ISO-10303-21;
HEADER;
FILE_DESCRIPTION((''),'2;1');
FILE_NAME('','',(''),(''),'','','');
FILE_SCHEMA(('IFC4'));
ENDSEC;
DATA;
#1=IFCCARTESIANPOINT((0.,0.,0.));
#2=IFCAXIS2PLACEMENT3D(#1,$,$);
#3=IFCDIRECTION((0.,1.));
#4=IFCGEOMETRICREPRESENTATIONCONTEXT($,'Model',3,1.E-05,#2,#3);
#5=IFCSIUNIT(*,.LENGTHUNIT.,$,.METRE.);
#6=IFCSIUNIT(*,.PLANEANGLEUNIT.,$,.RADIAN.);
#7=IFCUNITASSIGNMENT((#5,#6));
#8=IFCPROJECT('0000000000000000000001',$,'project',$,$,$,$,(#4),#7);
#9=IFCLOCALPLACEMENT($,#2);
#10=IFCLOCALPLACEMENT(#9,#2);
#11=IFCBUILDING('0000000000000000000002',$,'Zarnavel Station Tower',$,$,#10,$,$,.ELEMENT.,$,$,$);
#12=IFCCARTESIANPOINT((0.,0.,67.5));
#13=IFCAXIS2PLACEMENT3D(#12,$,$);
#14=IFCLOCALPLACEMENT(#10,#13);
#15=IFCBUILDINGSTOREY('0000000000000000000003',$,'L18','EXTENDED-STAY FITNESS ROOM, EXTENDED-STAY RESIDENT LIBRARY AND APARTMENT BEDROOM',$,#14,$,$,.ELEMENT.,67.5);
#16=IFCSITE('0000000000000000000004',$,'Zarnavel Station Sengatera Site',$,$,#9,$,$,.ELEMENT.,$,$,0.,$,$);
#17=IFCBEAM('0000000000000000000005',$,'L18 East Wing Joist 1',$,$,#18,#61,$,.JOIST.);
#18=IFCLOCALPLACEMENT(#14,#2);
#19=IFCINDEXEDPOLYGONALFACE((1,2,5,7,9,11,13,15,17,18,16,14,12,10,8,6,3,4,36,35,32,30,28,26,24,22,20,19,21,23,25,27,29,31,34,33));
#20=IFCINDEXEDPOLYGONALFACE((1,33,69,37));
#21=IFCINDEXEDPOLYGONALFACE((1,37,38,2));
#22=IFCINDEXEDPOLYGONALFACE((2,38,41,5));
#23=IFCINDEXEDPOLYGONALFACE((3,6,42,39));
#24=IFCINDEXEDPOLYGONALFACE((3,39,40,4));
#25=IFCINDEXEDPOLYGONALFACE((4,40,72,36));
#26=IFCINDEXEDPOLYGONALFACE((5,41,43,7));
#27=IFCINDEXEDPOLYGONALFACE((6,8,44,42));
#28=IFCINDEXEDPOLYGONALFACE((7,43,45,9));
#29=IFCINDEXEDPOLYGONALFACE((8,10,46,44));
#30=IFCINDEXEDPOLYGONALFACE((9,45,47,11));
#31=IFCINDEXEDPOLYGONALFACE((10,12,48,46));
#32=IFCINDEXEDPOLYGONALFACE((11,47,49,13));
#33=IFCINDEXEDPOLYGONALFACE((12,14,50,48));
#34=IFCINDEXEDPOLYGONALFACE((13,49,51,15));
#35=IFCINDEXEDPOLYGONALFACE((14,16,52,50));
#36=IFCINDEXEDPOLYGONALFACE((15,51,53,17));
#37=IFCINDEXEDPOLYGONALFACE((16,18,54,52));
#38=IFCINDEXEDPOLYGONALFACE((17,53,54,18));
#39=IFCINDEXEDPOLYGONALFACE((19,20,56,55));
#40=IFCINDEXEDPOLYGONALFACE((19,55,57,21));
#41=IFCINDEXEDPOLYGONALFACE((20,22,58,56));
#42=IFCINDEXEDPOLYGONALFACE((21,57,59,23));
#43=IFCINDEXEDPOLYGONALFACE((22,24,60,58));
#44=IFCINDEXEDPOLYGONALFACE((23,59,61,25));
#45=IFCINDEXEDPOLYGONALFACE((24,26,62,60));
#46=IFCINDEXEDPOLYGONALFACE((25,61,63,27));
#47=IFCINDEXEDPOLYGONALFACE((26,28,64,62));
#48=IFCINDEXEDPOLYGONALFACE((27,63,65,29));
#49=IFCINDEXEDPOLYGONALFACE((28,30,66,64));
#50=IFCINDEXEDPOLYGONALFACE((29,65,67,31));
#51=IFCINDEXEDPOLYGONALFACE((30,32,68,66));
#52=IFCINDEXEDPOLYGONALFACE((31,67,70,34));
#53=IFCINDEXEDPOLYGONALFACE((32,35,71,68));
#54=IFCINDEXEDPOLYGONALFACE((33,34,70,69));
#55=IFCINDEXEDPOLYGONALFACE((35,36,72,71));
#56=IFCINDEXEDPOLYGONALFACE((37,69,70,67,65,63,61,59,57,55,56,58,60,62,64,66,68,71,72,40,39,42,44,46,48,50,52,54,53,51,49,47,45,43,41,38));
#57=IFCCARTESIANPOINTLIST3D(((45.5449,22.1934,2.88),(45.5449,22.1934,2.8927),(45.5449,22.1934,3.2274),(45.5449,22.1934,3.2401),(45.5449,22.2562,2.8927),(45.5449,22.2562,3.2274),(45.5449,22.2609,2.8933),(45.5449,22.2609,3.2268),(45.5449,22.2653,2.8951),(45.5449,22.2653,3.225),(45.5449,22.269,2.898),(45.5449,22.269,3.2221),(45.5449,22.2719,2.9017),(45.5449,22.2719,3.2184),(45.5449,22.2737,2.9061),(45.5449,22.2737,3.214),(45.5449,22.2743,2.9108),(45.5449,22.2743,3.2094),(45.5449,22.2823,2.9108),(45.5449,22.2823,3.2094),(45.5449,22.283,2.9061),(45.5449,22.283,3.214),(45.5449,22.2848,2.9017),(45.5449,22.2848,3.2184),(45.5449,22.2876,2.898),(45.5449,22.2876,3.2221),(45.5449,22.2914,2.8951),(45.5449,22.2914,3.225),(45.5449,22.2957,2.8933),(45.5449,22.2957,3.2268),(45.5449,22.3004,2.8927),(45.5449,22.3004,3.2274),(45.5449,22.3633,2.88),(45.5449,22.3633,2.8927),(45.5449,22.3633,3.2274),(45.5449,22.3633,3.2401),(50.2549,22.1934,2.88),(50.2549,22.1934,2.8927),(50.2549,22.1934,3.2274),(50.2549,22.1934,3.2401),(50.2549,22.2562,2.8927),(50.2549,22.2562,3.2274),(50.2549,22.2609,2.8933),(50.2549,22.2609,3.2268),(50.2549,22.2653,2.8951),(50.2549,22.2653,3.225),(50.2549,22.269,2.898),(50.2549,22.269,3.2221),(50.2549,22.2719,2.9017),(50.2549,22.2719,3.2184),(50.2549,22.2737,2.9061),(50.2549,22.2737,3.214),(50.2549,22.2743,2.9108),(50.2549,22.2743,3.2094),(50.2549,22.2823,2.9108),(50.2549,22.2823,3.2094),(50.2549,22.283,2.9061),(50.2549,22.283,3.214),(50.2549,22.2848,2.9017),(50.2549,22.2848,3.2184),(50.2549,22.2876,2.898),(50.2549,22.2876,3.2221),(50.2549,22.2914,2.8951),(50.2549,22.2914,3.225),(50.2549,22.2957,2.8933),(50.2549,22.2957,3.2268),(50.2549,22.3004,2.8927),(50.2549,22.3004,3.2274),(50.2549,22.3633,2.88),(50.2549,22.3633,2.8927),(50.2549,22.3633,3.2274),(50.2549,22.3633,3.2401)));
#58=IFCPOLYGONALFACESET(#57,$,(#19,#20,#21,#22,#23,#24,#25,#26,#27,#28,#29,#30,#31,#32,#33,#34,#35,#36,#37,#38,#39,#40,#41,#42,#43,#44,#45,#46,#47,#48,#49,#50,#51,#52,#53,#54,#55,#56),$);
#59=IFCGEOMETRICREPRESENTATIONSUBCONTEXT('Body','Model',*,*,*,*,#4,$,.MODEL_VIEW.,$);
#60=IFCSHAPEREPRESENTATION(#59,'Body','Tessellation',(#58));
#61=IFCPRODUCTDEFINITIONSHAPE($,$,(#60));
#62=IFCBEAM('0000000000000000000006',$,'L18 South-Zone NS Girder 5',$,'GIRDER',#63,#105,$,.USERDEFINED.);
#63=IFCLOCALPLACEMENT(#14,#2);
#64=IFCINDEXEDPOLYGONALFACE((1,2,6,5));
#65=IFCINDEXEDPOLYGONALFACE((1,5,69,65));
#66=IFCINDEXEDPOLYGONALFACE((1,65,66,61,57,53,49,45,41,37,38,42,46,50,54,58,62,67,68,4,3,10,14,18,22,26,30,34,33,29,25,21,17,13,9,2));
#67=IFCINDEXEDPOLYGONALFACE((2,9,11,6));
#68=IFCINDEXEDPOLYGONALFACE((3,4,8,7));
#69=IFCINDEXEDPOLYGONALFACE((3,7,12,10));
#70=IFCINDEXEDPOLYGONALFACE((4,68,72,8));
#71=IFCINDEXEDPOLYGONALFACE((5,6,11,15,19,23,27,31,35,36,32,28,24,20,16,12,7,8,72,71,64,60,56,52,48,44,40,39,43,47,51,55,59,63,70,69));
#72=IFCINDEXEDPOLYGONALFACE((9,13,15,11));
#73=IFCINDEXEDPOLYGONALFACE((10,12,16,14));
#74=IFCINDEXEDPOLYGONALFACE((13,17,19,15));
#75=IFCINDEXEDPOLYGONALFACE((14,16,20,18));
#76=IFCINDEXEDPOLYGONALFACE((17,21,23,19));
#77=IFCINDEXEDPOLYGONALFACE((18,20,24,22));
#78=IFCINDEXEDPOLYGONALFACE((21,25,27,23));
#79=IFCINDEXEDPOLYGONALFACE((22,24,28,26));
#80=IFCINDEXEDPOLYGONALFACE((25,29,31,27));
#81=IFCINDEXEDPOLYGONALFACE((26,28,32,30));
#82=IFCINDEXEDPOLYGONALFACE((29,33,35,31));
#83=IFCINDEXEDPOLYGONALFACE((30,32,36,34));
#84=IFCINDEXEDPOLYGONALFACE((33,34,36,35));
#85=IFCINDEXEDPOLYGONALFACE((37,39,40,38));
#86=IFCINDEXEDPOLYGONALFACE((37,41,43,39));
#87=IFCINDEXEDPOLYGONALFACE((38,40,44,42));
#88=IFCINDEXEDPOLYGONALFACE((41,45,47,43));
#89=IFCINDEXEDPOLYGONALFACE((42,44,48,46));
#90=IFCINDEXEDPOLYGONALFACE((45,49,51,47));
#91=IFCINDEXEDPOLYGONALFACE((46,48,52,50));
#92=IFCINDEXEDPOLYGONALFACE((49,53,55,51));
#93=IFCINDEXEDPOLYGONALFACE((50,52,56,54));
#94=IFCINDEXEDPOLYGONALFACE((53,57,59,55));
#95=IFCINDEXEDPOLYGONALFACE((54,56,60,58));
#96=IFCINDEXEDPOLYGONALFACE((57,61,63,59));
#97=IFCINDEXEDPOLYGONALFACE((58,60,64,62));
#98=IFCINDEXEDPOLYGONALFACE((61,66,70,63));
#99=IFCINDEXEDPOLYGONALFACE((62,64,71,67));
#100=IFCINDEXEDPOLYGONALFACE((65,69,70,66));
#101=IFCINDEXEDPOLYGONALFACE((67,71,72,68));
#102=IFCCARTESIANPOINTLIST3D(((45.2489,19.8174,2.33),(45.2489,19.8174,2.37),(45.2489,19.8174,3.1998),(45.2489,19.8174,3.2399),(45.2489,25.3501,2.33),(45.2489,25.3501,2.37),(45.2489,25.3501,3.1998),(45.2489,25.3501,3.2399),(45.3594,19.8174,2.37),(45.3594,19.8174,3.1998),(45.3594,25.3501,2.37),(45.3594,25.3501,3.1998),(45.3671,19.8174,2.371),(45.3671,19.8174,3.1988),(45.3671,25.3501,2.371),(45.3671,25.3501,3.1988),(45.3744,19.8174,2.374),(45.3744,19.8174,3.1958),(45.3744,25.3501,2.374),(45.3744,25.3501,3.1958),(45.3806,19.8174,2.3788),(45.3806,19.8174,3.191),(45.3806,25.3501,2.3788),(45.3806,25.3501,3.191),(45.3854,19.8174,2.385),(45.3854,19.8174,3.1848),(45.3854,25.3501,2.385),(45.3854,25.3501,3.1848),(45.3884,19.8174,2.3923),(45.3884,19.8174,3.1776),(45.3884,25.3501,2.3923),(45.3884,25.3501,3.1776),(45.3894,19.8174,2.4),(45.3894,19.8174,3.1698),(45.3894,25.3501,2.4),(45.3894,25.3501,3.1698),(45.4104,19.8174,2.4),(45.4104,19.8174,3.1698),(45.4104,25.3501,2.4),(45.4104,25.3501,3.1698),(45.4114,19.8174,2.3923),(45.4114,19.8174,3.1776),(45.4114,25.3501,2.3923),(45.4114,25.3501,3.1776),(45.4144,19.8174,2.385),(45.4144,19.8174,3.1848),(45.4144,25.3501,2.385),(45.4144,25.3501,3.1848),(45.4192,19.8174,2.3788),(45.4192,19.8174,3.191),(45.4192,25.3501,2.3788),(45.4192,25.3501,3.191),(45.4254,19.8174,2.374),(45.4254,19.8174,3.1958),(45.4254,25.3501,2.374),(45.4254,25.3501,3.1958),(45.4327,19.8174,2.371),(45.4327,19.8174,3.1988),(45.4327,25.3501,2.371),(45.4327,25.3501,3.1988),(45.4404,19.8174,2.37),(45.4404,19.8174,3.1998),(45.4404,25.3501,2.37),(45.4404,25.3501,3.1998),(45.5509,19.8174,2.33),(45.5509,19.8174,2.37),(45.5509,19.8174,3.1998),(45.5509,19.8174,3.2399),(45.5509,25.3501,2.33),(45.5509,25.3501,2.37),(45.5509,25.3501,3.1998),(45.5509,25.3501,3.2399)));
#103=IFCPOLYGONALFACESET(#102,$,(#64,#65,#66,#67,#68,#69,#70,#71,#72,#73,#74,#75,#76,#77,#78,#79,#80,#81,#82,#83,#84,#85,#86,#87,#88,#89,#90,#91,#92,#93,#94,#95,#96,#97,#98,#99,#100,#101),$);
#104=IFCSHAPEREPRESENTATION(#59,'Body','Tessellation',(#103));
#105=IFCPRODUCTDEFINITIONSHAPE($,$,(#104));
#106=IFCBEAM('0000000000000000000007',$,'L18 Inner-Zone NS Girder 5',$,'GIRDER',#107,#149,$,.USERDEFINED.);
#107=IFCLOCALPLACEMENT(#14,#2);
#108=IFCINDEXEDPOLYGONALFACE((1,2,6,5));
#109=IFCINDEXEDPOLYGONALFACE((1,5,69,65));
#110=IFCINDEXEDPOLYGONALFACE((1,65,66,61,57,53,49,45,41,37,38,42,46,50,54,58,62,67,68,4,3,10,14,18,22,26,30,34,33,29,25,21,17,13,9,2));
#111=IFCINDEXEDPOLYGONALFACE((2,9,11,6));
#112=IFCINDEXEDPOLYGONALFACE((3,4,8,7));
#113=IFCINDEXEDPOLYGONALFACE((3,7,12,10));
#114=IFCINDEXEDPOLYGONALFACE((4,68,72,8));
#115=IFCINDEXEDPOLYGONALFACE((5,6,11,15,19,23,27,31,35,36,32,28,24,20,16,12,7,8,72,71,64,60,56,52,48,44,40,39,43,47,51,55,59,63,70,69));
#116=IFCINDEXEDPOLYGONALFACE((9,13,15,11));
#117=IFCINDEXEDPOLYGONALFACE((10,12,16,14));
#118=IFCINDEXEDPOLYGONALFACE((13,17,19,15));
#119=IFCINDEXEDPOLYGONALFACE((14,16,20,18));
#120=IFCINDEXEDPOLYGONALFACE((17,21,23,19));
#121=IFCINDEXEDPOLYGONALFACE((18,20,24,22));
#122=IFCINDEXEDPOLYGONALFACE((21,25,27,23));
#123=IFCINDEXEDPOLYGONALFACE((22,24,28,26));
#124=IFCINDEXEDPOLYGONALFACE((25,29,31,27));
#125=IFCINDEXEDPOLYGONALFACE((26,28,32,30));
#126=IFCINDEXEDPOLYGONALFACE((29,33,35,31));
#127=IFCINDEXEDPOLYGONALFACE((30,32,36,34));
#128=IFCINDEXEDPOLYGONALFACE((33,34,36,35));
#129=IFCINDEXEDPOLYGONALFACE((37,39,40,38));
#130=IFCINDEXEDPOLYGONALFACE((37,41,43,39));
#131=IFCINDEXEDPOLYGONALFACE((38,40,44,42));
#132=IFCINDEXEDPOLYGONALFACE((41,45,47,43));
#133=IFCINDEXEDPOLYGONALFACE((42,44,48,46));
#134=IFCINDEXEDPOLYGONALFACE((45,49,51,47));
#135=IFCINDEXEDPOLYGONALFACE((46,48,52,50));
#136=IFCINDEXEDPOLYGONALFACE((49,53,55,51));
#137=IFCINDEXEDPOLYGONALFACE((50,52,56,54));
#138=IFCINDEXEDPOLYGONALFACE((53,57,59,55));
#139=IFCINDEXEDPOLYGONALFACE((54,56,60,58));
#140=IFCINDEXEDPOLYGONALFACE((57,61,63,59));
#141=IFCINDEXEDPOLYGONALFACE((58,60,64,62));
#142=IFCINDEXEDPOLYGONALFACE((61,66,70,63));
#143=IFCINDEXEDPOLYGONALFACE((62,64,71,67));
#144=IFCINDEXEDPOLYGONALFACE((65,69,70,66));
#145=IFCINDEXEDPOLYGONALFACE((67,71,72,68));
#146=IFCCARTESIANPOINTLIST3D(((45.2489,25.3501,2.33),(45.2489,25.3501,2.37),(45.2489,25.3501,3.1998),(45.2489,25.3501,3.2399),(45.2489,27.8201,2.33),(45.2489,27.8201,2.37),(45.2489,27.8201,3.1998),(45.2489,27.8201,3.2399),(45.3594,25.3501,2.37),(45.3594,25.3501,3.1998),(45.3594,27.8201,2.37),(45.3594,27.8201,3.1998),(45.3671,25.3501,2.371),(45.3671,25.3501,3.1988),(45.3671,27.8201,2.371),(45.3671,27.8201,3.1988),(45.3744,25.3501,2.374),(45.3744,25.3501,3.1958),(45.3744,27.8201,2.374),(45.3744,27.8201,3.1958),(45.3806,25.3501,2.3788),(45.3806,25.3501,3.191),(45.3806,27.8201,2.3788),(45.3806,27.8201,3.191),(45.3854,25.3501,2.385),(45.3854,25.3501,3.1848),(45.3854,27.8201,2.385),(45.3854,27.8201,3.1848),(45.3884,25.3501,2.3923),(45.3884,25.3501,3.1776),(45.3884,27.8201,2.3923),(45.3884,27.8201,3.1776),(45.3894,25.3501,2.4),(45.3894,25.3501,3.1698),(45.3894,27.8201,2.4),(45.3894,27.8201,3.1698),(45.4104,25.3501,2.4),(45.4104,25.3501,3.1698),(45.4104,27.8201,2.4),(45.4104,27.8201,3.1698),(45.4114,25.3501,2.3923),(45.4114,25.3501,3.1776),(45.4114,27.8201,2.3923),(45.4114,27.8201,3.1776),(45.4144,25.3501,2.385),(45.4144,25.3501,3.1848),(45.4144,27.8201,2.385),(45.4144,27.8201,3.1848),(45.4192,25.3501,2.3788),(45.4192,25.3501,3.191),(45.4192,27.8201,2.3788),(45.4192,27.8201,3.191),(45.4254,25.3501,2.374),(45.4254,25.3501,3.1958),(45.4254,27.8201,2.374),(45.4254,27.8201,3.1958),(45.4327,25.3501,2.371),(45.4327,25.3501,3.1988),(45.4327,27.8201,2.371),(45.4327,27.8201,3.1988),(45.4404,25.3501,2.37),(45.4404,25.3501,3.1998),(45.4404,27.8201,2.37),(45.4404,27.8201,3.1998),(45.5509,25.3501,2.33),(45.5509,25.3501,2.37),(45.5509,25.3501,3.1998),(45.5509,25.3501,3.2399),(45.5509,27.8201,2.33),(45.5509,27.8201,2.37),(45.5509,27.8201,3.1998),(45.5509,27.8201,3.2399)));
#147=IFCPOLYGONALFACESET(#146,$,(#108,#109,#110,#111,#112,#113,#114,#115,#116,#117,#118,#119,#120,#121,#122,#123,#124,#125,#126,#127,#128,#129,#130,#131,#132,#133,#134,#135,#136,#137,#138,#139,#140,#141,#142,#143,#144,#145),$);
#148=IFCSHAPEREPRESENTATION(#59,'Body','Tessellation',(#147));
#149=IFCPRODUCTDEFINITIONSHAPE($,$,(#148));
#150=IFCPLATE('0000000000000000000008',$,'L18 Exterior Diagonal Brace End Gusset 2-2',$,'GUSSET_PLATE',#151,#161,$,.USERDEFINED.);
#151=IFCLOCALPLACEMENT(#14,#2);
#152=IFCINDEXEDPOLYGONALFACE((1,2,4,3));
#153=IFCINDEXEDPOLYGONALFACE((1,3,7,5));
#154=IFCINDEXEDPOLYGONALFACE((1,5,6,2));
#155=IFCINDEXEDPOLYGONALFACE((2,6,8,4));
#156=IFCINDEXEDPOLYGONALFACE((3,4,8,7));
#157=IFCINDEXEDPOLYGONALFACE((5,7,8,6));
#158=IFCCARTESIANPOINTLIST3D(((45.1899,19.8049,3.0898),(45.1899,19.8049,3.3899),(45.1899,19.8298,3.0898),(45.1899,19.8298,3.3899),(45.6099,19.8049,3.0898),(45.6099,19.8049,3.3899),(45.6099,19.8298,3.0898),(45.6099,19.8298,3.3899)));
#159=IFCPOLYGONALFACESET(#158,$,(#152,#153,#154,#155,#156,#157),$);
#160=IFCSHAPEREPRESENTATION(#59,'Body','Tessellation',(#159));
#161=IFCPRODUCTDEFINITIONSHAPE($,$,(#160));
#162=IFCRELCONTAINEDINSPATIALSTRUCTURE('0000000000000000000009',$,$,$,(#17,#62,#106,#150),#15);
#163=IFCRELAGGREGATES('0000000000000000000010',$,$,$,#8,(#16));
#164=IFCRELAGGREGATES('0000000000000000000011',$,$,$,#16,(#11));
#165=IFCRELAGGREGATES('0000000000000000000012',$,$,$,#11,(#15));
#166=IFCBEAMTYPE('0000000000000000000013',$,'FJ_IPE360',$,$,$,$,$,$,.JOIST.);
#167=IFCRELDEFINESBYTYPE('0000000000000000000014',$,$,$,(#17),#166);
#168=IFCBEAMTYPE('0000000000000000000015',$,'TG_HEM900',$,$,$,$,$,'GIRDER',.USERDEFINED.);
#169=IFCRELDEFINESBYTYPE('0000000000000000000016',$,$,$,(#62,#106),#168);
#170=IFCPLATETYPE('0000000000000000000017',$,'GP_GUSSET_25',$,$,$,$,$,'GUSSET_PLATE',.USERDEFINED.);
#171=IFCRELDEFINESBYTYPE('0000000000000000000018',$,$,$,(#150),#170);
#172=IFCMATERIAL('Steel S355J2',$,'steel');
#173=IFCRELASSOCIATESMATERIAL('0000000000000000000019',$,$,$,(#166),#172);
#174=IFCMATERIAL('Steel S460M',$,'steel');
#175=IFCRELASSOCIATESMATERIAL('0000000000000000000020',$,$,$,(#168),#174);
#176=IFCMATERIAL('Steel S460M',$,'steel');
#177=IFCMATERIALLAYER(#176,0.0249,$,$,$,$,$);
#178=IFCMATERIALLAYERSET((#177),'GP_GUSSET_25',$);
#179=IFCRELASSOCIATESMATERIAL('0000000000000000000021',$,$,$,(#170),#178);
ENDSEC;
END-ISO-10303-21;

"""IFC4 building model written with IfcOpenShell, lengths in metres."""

from ifc_helpers import new_model, si_unit, direction, frame, origin, origin_2d, place, context, subcontext, project, spatial, rectangle, i_section, extrude, material, layer, layer_set, material_profile, profile_set, type_object, element, save


model = new_model("IFC4")

# Units and contexts
model_context = context("Model", 3, precision=1e-05, world=origin(), true_north=direction((0.0, 1.0)))
body_context = subcontext(model_context, "Body", "Model", "MODEL_VIEW")
ifc_project = project(units=[si_unit("LENGTHUNIT", "METRE"), si_unit("PLANEANGLEUNIT", "RADIAN")], contexts=[model_context])

# Site, building, storey
site_placement = place(None, origin())
site = spatial("IfcSite", under=ifc_project, at=site_placement, Name="Zarnavel Station Sengatera Site", CompositionType="ELEMENT", RefElevation=0.0)
building_placement = place(site_placement, origin())
building = spatial("IfcBuilding", under=site, at=building_placement, Name="Zarnavel Station Tower", CompositionType="ELEMENT")
storey_placement = place(building_placement, frame((0.0, 0.0, 67.5)))
storey = spatial("IfcBuildingStorey", under=building, at=storey_placement, Name="L18", Description="EXTENDED-STAY FITNESS ROOM, EXTENDED-STAY RESIDENT LIBRARY AND APARTMENT BEDROOM", CompositionType="ELEMENT", Elevation=67.5)

# Beams
ifc_material_1 = material(Name="Steel S355J2", Category="steel")
ifc_material_profile_1 = material_profile(ifc_material_1, i_section(OverallWidth=0.1699, OverallDepth=0.3601, WebThickness=0.0081, FlangeThickness=0.0127, FilletRadius=0.0181, at=origin_2d()), Name="IPE360")
ifc_profile_set_1 = profile_set([ifc_material_profile_1], Name="Steel S355J2")
beam_type_1 = type_object("IfcBeamType", Name="FJ_IPE360", PredefinedType="JOIST", material=ifc_profile_set_1)
beam_1_placement = place(storey_placement, frame((45.5449, 22.2783, 3.0601), z_axis=(1.0, 0.0, 0.0), x_axis=(0.0, 1.0, 0.0)))
element("IfcBeam", 1, at=beam_1_placement, inside=storey, type_object=beam_type_1, Name="L18 East Wing Joist 1", PredefinedType="JOIST", context=body_context, shape_type="SweptSolid", body=[
    extrude(i_section(OverallWidth=0.1699, OverallDepth=0.3601, WebThickness=0.0081, FlangeThickness=0.0127, FilletRadius=0.0181, at=origin_2d()), origin(), (0.0, 0.0, 1.0), 4.71),
])
ifc_material_2 = material(Name="Steel S460M", Category="steel")
ifc_material_profile_2 = material_profile(ifc_material_2, i_section(OverallWidth=0.302, OverallDepth=0.9099, WebThickness=0.021, FlangeThickness=0.04, FilletRadius=0.03, at=origin_2d()), Name="HEM900")
ifc_profile_set_2 = profile_set([ifc_material_profile_2], Name="Steel S460M")
beam_type_2 = type_object("IfcBeamType", Name="TG_HEM900", ElementType="GIRDER", PredefinedType="USERDEFINED", material=ifc_profile_set_2)
beam_2_placement = place(storey_placement, frame((45.3999, 19.8174, 2.7849), z_axis=(0.0, 1.0, 0.0), x_axis=(-1.0, 0.0, 0.0)))
element("IfcBeam", 2, at=beam_2_placement, inside=storey, type_object=beam_type_2, Name="L18 South-Zone NS Girder 5", ObjectType="GIRDER", PredefinedType="USERDEFINED", context=body_context, shape_type="SweptSolid", body=[
    extrude(i_section(OverallWidth=0.302, OverallDepth=0.9099, WebThickness=0.021, FlangeThickness=0.04, FilletRadius=0.03, at=origin_2d()), origin(), (0.0, 0.0, 1.0), 5.5327),
])
beam_3_placement = place(storey_placement, frame((45.3999, 25.3501, 2.7849), z_axis=(0.0, 1.0, 0.0), x_axis=(-1.0, 0.0, 0.0)))
element("IfcBeam", 3, at=beam_3_placement, inside=storey, type_object=beam_type_2, Name="L18 Inner-Zone NS Girder 5", ObjectType="GIRDER", PredefinedType="USERDEFINED", context=body_context, shape_type="SweptSolid", body=[
    extrude(i_section(OverallWidth=0.302, OverallDepth=0.9099, WebThickness=0.021, FlangeThickness=0.04, FilletRadius=0.03, at=origin_2d()), origin(), (0.0, 0.0, 1.0), 2.47),
])

# Plate
ifc_material_3 = material(Name="Steel S460M", Category="steel")
ifc_layer_1 = layer(ifc_material_3, 0.0249)
ifc_layer_set_1 = layer_set([ifc_layer_1], Name="GP_GUSSET_25")
plate_type = type_object("IfcPlateType", Name="GP_GUSSET_25", ElementType="GUSSET_PLATE", PredefinedType="USERDEFINED", material=ifc_layer_set_1)
plate_placement = place(storey_placement, frame((45.3999, 19.8174, 3.0898), z_axis=(0.0, 0.0, 1.0), x_axis=(1.0, 0.0, 0.0)))
element("IfcPlate", 4, at=plate_placement, inside=storey, type_object=plate_type, Name="L18 Exterior Diagonal Brace End Gusset 2-2", ObjectType="GUSSET_PLATE", PredefinedType="USERDEFINED", context=body_context, shape_type="SweptSolid", body=[
    extrude(rectangle(XDim=0.4199, YDim=0.0249, at=origin_2d()), origin(), (0.0, 0.0, 1.0), 0.3),
])

save(model, "model.ifc")
